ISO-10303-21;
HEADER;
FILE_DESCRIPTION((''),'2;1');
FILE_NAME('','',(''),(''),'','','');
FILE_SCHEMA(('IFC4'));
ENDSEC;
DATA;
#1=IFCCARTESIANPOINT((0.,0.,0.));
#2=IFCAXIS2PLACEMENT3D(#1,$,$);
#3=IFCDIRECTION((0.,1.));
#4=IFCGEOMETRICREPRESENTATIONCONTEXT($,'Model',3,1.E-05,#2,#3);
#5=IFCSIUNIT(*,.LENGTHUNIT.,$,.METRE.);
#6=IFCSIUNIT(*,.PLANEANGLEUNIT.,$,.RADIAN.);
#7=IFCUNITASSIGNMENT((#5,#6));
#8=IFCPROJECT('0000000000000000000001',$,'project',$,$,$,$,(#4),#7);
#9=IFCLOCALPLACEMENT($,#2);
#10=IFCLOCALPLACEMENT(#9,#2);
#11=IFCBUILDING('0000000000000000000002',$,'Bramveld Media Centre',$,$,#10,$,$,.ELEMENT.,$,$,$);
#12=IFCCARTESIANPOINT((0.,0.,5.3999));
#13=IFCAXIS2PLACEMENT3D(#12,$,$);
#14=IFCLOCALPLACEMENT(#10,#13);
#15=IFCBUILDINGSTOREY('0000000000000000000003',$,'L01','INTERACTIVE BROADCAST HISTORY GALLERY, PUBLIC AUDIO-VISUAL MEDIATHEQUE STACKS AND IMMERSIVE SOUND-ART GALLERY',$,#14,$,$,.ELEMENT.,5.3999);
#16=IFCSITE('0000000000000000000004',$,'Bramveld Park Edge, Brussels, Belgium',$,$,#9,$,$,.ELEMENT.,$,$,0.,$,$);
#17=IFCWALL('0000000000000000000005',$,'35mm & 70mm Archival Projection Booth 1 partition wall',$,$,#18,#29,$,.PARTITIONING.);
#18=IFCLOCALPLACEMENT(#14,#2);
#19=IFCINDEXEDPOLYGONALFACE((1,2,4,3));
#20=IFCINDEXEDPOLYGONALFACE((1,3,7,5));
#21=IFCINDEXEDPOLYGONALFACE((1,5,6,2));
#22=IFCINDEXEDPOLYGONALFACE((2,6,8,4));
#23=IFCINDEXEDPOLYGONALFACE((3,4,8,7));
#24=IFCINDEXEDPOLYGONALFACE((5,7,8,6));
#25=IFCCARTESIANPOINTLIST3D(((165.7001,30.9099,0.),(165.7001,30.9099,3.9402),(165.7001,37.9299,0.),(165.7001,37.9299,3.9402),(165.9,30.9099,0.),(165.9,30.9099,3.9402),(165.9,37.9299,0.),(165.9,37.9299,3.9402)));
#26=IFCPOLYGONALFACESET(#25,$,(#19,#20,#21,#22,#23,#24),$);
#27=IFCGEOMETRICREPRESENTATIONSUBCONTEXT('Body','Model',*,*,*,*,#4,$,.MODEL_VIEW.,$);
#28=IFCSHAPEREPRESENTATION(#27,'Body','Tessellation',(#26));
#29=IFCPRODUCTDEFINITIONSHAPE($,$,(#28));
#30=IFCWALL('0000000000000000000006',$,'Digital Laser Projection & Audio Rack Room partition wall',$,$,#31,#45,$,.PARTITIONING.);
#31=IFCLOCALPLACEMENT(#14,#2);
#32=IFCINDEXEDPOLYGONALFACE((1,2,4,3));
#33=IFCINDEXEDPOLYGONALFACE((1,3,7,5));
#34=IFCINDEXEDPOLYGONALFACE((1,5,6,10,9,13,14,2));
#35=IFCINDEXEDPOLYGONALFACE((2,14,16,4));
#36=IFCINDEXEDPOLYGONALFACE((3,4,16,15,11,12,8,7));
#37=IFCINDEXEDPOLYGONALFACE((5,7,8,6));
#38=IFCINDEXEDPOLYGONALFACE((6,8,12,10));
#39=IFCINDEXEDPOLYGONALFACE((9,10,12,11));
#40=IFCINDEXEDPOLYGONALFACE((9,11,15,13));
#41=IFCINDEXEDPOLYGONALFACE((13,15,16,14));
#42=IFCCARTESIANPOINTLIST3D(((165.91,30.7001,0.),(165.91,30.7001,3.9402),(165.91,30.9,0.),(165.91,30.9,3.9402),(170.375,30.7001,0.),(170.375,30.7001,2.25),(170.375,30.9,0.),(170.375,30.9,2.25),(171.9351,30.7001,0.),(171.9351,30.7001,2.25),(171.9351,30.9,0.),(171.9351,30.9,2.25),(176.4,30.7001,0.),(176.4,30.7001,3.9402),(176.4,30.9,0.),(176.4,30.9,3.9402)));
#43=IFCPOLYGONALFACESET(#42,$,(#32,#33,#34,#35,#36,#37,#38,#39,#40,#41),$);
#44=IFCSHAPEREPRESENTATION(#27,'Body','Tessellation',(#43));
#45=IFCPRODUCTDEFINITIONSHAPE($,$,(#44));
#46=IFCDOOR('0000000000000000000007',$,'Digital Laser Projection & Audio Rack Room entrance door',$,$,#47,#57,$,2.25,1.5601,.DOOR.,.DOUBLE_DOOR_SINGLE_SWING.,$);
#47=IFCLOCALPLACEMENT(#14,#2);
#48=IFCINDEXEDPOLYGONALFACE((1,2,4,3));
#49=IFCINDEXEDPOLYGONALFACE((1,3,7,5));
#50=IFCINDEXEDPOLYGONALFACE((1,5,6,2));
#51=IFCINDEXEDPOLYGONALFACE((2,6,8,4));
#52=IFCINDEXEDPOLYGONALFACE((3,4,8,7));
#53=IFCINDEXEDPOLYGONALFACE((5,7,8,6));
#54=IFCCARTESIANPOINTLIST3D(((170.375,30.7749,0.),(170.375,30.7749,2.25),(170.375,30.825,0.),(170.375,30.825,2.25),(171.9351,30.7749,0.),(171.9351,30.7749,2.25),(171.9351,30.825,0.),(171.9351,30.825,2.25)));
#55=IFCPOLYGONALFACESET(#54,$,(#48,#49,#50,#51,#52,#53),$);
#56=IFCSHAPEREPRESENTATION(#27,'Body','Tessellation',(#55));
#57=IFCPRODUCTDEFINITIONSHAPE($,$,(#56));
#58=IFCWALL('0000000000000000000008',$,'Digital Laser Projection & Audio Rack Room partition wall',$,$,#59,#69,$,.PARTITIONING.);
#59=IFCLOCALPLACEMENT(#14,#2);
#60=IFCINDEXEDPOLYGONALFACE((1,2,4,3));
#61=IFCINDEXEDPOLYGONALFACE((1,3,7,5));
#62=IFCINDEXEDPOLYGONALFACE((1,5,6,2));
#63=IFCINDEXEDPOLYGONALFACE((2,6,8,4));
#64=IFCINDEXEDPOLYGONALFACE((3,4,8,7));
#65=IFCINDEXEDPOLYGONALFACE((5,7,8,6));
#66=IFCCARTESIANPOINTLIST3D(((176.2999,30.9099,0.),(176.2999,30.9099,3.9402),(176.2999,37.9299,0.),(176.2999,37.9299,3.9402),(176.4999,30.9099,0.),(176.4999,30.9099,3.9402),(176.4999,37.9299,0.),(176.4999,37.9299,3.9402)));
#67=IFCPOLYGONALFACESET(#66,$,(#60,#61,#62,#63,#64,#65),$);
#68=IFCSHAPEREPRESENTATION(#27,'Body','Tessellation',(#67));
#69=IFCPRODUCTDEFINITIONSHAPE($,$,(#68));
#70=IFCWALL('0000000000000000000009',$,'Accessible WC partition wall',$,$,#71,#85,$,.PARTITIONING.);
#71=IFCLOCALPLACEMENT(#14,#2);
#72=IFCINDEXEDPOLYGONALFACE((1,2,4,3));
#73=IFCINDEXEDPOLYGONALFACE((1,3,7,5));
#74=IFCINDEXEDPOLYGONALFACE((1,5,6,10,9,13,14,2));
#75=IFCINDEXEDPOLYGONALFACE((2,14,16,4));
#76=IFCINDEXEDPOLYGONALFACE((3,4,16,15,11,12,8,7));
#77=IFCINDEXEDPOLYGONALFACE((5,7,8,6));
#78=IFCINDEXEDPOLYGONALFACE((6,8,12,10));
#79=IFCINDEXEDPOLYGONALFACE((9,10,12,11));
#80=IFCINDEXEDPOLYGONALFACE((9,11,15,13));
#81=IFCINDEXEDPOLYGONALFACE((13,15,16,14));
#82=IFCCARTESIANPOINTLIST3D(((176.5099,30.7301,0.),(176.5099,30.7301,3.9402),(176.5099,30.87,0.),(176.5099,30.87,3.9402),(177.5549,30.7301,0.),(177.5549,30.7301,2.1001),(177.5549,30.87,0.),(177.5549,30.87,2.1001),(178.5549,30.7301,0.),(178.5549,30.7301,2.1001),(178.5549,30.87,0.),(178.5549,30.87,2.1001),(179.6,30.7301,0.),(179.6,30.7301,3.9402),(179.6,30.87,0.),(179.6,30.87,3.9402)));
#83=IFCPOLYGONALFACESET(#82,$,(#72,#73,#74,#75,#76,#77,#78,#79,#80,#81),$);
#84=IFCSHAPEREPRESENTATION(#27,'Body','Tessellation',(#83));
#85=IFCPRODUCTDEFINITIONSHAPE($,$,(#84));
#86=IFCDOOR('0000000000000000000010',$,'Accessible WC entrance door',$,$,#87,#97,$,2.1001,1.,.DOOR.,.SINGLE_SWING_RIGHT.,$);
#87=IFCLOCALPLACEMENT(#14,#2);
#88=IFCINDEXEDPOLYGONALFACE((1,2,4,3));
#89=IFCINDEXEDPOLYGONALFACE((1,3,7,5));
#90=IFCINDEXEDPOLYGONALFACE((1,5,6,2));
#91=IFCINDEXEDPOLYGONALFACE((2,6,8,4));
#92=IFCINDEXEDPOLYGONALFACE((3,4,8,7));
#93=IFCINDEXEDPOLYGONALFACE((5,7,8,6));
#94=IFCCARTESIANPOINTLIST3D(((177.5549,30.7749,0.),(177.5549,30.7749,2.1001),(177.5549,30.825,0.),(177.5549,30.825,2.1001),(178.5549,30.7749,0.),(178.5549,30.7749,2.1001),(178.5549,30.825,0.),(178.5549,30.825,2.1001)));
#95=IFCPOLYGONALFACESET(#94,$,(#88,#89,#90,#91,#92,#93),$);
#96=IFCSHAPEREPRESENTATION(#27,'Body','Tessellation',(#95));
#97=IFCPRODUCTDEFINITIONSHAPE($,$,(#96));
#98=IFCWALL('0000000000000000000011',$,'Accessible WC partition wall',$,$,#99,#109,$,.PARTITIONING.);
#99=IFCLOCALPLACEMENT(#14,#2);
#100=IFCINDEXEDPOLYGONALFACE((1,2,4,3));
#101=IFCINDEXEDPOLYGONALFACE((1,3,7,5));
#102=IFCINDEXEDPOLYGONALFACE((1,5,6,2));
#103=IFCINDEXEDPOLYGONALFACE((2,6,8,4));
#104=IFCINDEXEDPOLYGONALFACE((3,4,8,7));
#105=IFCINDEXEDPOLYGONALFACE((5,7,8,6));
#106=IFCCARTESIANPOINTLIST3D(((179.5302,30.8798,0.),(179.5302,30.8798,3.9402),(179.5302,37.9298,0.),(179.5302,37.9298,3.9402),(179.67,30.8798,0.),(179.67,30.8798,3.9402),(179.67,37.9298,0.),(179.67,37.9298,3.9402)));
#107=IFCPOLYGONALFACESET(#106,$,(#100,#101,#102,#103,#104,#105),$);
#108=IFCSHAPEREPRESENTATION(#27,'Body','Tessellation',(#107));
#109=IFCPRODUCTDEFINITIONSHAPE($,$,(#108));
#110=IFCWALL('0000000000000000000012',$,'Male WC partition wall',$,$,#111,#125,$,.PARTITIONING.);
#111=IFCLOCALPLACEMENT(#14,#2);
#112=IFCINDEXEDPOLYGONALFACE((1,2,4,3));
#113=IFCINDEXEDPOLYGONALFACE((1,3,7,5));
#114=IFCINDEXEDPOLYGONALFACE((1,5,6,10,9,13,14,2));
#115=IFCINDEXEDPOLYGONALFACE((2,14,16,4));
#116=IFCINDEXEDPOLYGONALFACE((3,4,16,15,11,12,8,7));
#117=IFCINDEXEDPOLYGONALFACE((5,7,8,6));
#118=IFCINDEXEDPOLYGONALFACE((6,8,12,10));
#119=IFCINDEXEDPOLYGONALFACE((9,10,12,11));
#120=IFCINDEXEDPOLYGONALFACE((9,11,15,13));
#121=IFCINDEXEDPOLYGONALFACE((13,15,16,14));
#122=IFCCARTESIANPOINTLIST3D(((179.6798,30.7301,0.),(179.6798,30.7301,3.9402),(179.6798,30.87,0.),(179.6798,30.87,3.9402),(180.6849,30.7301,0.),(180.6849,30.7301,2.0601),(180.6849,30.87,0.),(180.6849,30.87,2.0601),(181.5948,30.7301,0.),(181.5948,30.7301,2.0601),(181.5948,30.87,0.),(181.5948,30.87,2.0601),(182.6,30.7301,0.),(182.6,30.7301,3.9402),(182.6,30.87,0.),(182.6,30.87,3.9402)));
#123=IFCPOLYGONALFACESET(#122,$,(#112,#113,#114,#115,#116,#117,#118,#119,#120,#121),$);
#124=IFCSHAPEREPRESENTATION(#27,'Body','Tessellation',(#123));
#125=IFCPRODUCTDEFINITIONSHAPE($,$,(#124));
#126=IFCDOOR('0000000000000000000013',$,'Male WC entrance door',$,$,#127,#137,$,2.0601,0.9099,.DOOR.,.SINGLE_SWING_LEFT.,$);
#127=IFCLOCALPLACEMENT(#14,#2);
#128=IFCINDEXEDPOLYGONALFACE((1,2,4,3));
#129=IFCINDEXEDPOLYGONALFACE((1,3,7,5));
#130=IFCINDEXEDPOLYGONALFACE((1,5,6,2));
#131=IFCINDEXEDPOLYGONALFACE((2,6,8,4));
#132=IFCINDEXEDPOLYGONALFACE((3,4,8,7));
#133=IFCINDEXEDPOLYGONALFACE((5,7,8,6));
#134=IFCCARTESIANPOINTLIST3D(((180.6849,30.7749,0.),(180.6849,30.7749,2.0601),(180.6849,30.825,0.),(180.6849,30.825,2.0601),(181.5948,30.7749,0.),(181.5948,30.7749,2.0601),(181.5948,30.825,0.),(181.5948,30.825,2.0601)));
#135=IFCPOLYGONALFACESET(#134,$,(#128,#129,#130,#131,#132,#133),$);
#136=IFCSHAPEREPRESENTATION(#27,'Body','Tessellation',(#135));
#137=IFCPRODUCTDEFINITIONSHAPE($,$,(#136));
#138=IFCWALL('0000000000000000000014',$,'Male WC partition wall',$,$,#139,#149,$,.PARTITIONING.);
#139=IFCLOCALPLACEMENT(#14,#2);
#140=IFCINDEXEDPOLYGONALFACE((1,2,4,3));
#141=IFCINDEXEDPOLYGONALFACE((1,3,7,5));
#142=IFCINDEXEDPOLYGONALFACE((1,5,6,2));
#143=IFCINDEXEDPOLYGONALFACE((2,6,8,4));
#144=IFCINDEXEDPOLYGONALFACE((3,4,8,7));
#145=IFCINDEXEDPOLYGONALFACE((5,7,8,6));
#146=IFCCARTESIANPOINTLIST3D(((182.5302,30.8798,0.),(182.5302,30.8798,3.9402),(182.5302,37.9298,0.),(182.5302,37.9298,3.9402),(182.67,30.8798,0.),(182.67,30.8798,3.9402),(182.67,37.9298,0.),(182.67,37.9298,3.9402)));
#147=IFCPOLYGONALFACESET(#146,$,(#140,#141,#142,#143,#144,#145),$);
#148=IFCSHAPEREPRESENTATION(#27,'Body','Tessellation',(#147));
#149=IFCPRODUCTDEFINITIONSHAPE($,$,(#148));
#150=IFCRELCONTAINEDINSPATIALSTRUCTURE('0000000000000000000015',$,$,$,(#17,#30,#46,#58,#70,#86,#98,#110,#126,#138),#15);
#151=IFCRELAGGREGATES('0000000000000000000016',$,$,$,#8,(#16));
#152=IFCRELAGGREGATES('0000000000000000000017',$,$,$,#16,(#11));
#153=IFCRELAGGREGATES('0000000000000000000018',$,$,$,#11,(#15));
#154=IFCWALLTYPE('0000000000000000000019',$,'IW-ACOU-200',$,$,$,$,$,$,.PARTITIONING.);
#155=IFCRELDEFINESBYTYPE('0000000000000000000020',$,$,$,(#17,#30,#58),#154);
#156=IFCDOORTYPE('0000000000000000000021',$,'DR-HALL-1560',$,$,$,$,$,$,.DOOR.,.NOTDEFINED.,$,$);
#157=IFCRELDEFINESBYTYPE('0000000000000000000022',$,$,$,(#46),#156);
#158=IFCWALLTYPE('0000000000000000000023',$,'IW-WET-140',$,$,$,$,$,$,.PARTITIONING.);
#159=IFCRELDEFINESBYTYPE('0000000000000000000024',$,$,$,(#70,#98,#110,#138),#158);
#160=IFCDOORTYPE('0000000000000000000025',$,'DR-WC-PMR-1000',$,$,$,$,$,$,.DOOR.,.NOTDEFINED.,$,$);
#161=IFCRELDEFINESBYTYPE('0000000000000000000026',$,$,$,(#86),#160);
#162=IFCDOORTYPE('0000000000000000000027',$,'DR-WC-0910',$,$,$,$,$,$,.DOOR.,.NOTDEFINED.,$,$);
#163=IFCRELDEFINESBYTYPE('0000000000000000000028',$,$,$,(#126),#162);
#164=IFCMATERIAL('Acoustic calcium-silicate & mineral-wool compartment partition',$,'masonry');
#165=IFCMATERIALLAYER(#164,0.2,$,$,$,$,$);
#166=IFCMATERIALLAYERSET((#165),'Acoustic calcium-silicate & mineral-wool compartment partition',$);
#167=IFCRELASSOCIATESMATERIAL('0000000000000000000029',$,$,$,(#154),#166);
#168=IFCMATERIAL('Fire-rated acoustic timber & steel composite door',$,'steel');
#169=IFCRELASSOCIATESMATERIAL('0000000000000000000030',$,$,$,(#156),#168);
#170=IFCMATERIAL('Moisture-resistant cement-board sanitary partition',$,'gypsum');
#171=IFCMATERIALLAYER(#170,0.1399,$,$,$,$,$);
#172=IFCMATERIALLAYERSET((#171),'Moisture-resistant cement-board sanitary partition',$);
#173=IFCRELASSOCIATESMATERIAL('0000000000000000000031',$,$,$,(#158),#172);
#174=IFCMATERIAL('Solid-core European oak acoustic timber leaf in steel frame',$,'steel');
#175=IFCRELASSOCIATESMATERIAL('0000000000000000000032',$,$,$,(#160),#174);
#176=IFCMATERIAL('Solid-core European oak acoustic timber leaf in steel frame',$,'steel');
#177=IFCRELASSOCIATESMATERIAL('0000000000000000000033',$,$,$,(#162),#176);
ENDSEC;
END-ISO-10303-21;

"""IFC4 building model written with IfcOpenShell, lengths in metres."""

from ifc_helpers import new_model, si_unit, direction, frame, frame_2d, origin, place, context, subcontext, project, spatial, rectangle, extrude, material, layer, layer_set, type_object, element, fill, save


model = new_model("IFC4")

# Units and contexts
model_context = context("Model", 3, precision=1e-05, world=origin(), true_north=direction((0.0, 1.0)))
body_context = subcontext(model_context, "Body", "Model", "MODEL_VIEW")
ifc_project = project(units=[si_unit("LENGTHUNIT", "METRE"), si_unit("PLANEANGLEUNIT", "RADIAN")], contexts=[model_context])

# Site, building, storey
site_placement = place(None, origin())
site = spatial("IfcSite", under=ifc_project, at=site_placement, Name="Bramveld Park Edge, Brussels, Belgium", CompositionType="ELEMENT", RefElevation=0.0)
building_placement = place(site_placement, origin())
building = spatial("IfcBuilding", under=site, at=building_placement, Name="Bramveld Media Centre", CompositionType="ELEMENT")
storey_placement = place(building_placement, frame((0.0, 0.0, 5.3999)))
storey = spatial("IfcBuildingStorey", under=building, at=storey_placement, Name="L01", Description="INTERACTIVE BROADCAST HISTORY GALLERY, PUBLIC AUDIO-VISUAL MEDIATHEQUE STACKS AND IMMERSIVE SOUND-ART GALLERY", CompositionType="ELEMENT", Elevation=5.3999)

# Wall
ifc_material_1 = material(Name="Acoustic calcium-silicate & mineral-wool compartment partition", Category="masonry")
ifc_layer_1 = layer(ifc_material_1, 0.2)
ifc_layer_set_1 = layer_set([ifc_layer_1], Name="Acoustic calcium-silicate & mineral-wool compartment partition")
wall_type_1 = type_object("IfcWallType", Name="IW-ACOU-200", PredefinedType="PARTITIONING", material=ifc_layer_set_1)
wall_1_placement = place(storey_placement, frame((165.8, 30.9099, 0.0), z_axis=(0.0, 0.0, 1.0), x_axis=(0.0, 1.0, 0.0)))
element("IfcWall", 1, at=wall_1_placement, inside=storey, type_object=wall_type_1, Name="35mm & 70mm Archival Projection Booth 1 partition wall", PredefinedType="PARTITIONING", context=body_context, shape_type="SweptSolid", body=[
    extrude(rectangle(XDim=7.02, YDim=0.2, at=frame_2d((3.51, 0.0))), origin(), (0.0, 0.0, 1.0), 3.9402),
])

# Wall, opening, door
wall_2_placement = place(storey_placement, frame((165.9099, 30.8, 0.0), z_axis=(0.0, 0.0, 1.0), x_axis=(1.0, 0.0, 0.0)))
wall_2 = element("IfcWall", 2, at=wall_2_placement, inside=storey, type_object=wall_type_1, Name="Digital Laser Projection & Audio Rack Room partition wall", PredefinedType="PARTITIONING", context=body_context, shape_type="SweptSolid", body=[
    extrude(rectangle(XDim=10.49, YDim=0.2, at=frame_2d((5.2451, 0.0))), origin(), (0.0, 0.0, 1.0), 3.9402),
])
opening_1_placement = place(wall_2_placement, frame((4.4651, 0.0, 0.0)))
opening_1 = element("IfcOpeningElement", 3, at=opening_1_placement, cuts=wall_2, PredefinedType="OPENING", context=body_context, shape_type="SweptSolid", body=[
    extrude(rectangle(XDim=1.5601, YDim=2.25, at=frame_2d((0.78, 1.125))), frame((0.0, 0.1118, 0.0), z_axis=(0.0, -1.0, 0.0), x_axis=(1.0, 0.0, 0.0)), (0.0, 0.0, 1.0), 0.2239),
])
ifc_material_2 = material(Name="Fire-rated acoustic timber & steel composite door", Category="steel")
door_type_1 = type_object("IfcDoorType", Name="DR-HALL-1560", OperationType="NOTDEFINED", PredefinedType="DOOR", material=ifc_material_2)
door_1_placement = place(opening_1_placement, origin())
door_1 = element("IfcDoor", 4, at=door_1_placement, inside=storey, type_object=door_type_1, Name="Digital Laser Projection & Audio Rack Room entrance door", OperationType="DOUBLE_DOOR_SINGLE_SWING", OverallHeight=2.25, OverallWidth=1.5601, PredefinedType="DOOR", context=body_context, shape_type="SweptSolid", body=[
    extrude(rectangle(XDim=1.5601, YDim=2.25, at=frame_2d((0.78, 1.125))), frame((0.0, 0.0249, 0.0), z_axis=(0.0, -1.0, 0.0), x_axis=(1.0, 0.0, 0.0)), (0.0, 0.0, 1.0), 0.05),
])
fill(opening_1, door_1)

# Wall
wall_3_placement = place(storey_placement, frame((176.3999, 30.9099, 0.0), z_axis=(0.0, 0.0, 1.0), x_axis=(0.0, 1.0, 0.0)))
element("IfcWall", 5, at=wall_3_placement, inside=storey, type_object=wall_type_1, Name="Digital Laser Projection & Audio Rack Room partition wall", PredefinedType="PARTITIONING", context=body_context, shape_type="SweptSolid", body=[
    extrude(rectangle(XDim=7.02, YDim=0.2, at=frame_2d((3.51, 0.0))), origin(), (0.0, 0.0, 1.0), 3.9402),
])

# Wall, opening, door
ifc_material_3 = material(Name="Moisture-resistant cement-board sanitary partition", Category="gypsum")
ifc_layer_2 = layer(ifc_material_3, 0.1399)
ifc_layer_set_2 = layer_set([ifc_layer_2], Name="Moisture-resistant cement-board sanitary partition")
wall_type_2 = type_object("IfcWallType", Name="IW-WET-140", PredefinedType="PARTITIONING", material=ifc_layer_set_2)
wall_4_placement = place(storey_placement, frame((176.51, 30.8, 0.0), z_axis=(0.0, 0.0, 1.0), x_axis=(1.0, 0.0, 0.0)))
wall_4 = element("IfcWall", 6, at=wall_4_placement, inside=storey, type_object=wall_type_2, Name="Accessible WC partition wall", PredefinedType="PARTITIONING", context=body_context, shape_type="SweptSolid", body=[
    extrude(rectangle(XDim=3.0901, YDim=0.1399, at=frame_2d((1.5449, 0.0))), origin(), (0.0, 0.0, 1.0), 3.9402),
])
opening_2_placement = place(wall_4_placement, frame((1.0449, 0.0, 0.0)))
opening_2 = element("IfcOpeningElement", 7, at=opening_2_placement, cuts=wall_4, PredefinedType="OPENING", context=body_context, shape_type="SweptSolid", body=[
    extrude(rectangle(XDim=1.0, YDim=2.1001, at=frame_2d((0.5, 1.05))), frame((0.0, 0.082, 0.0), z_axis=(0.0, -1.0, 0.0), x_axis=(1.0, 0.0, 0.0)), (0.0, 0.0, 1.0), 0.1638),
])
ifc_material_4 = material(Name="Solid-core European oak acoustic timber leaf in steel frame", Category="steel")
door_type_2 = type_object("IfcDoorType", Name="DR-WC-PMR-1000", OperationType="NOTDEFINED", PredefinedType="DOOR", material=ifc_material_4)
door_2_placement = place(opening_2_placement, origin())
door_2 = element("IfcDoor", 8, at=door_2_placement, inside=storey, type_object=door_type_2, Name="Accessible WC entrance door", OperationType="SINGLE_SWING_RIGHT", OverallHeight=2.1001, OverallWidth=1.0, PredefinedType="DOOR", context=body_context, shape_type="SweptSolid", body=[
    extrude(rectangle(XDim=1.0, YDim=2.1001, at=frame_2d((0.5, 1.05))), frame((0.0, 0.0249, 0.0), z_axis=(0.0, -1.0, 0.0), x_axis=(1.0, 0.0, 0.0)), (0.0, 0.0, 1.0), 0.05),
])
fill(opening_2, door_2)

# Wall
wall_5_placement = place(storey_placement, frame((179.6001, 30.8799, 0.0), z_axis=(0.0, 0.0, 1.0), x_axis=(0.0, 1.0, 0.0)))
element("IfcWall", 9, at=wall_5_placement, inside=storey, type_object=wall_type_2, Name="Accessible WC partition wall", PredefinedType="PARTITIONING", context=body_context, shape_type="SweptSolid", body=[
    extrude(rectangle(XDim=7.05, YDim=0.1399, at=frame_2d((3.5249, 0.0))), origin(), (0.0, 0.0, 1.0), 3.9402),
])

# Wall, opening, door
wall_6_placement = place(storey_placement, frame((179.6799, 30.8, 0.0), z_axis=(0.0, 0.0, 1.0), x_axis=(1.0, 0.0, 0.0)))
wall_6 = element("IfcWall", 10, at=wall_6_placement, inside=storey, type_object=wall_type_2, Name="Male WC partition wall", PredefinedType="PARTITIONING", context=body_context, shape_type="SweptSolid", body=[
    extrude(rectangle(XDim=2.9202, YDim=0.1399, at=frame_2d((1.46, 0.0))), origin(), (0.0, 0.0, 1.0), 3.9402),
])
opening_3_placement = place(wall_6_placement, frame((1.0049, 0.0, 0.0)))
opening_3 = element("IfcOpeningElement", 11, at=opening_3_placement, cuts=wall_6, PredefinedType="OPENING", context=body_context, shape_type="SweptSolid", body=[
    extrude(rectangle(XDim=0.9099, YDim=2.0601, at=frame_2d((0.4551, 1.03))), frame((0.0, 0.082, 0.0), z_axis=(0.0, -1.0, 0.0), x_axis=(1.0, 0.0, 0.0)), (0.0, 0.0, 1.0), 0.1638),
])
ifc_material_5 = material(Name="Solid-core European oak acoustic timber leaf in steel frame", Category="steel")
door_type_3 = type_object("IfcDoorType", Name="DR-WC-0910", OperationType="NOTDEFINED", PredefinedType="DOOR", material=ifc_material_5)
door_3_placement = place(opening_3_placement, origin())
door_3 = element("IfcDoor", 12, at=door_3_placement, inside=storey, type_object=door_type_3, Name="Male WC entrance door", OperationType="SINGLE_SWING_LEFT", OverallHeight=2.0601, OverallWidth=0.9099, PredefinedType="DOOR", context=body_context, shape_type="SweptSolid", body=[
    extrude(rectangle(XDim=0.9099, YDim=2.0601, at=frame_2d((0.4551, 1.03))), frame((0.0, 0.0249, 0.0), z_axis=(0.0, -1.0, 0.0), x_axis=(1.0, 0.0, 0.0)), (0.0, 0.0, 1.0), 0.05),
])
fill(opening_3, door_3)

# Wall
wall_7_placement = place(storey_placement, frame((182.6001, 30.8799, 0.0), z_axis=(0.0, 0.0, 1.0), x_axis=(0.0, 1.0, 0.0)))
element("IfcWall", 13, at=wall_7_placement, inside=storey, type_object=wall_type_2, Name="Male WC partition wall", PredefinedType="PARTITIONING", context=body_context, shape_type="SweptSolid", body=[
    extrude(rectangle(XDim=7.05, YDim=0.1399, at=frame_2d((3.5249, 0.0))), origin(), (0.0, 0.0, 1.0), 3.9402),
])

save(model, "model.ifc")
